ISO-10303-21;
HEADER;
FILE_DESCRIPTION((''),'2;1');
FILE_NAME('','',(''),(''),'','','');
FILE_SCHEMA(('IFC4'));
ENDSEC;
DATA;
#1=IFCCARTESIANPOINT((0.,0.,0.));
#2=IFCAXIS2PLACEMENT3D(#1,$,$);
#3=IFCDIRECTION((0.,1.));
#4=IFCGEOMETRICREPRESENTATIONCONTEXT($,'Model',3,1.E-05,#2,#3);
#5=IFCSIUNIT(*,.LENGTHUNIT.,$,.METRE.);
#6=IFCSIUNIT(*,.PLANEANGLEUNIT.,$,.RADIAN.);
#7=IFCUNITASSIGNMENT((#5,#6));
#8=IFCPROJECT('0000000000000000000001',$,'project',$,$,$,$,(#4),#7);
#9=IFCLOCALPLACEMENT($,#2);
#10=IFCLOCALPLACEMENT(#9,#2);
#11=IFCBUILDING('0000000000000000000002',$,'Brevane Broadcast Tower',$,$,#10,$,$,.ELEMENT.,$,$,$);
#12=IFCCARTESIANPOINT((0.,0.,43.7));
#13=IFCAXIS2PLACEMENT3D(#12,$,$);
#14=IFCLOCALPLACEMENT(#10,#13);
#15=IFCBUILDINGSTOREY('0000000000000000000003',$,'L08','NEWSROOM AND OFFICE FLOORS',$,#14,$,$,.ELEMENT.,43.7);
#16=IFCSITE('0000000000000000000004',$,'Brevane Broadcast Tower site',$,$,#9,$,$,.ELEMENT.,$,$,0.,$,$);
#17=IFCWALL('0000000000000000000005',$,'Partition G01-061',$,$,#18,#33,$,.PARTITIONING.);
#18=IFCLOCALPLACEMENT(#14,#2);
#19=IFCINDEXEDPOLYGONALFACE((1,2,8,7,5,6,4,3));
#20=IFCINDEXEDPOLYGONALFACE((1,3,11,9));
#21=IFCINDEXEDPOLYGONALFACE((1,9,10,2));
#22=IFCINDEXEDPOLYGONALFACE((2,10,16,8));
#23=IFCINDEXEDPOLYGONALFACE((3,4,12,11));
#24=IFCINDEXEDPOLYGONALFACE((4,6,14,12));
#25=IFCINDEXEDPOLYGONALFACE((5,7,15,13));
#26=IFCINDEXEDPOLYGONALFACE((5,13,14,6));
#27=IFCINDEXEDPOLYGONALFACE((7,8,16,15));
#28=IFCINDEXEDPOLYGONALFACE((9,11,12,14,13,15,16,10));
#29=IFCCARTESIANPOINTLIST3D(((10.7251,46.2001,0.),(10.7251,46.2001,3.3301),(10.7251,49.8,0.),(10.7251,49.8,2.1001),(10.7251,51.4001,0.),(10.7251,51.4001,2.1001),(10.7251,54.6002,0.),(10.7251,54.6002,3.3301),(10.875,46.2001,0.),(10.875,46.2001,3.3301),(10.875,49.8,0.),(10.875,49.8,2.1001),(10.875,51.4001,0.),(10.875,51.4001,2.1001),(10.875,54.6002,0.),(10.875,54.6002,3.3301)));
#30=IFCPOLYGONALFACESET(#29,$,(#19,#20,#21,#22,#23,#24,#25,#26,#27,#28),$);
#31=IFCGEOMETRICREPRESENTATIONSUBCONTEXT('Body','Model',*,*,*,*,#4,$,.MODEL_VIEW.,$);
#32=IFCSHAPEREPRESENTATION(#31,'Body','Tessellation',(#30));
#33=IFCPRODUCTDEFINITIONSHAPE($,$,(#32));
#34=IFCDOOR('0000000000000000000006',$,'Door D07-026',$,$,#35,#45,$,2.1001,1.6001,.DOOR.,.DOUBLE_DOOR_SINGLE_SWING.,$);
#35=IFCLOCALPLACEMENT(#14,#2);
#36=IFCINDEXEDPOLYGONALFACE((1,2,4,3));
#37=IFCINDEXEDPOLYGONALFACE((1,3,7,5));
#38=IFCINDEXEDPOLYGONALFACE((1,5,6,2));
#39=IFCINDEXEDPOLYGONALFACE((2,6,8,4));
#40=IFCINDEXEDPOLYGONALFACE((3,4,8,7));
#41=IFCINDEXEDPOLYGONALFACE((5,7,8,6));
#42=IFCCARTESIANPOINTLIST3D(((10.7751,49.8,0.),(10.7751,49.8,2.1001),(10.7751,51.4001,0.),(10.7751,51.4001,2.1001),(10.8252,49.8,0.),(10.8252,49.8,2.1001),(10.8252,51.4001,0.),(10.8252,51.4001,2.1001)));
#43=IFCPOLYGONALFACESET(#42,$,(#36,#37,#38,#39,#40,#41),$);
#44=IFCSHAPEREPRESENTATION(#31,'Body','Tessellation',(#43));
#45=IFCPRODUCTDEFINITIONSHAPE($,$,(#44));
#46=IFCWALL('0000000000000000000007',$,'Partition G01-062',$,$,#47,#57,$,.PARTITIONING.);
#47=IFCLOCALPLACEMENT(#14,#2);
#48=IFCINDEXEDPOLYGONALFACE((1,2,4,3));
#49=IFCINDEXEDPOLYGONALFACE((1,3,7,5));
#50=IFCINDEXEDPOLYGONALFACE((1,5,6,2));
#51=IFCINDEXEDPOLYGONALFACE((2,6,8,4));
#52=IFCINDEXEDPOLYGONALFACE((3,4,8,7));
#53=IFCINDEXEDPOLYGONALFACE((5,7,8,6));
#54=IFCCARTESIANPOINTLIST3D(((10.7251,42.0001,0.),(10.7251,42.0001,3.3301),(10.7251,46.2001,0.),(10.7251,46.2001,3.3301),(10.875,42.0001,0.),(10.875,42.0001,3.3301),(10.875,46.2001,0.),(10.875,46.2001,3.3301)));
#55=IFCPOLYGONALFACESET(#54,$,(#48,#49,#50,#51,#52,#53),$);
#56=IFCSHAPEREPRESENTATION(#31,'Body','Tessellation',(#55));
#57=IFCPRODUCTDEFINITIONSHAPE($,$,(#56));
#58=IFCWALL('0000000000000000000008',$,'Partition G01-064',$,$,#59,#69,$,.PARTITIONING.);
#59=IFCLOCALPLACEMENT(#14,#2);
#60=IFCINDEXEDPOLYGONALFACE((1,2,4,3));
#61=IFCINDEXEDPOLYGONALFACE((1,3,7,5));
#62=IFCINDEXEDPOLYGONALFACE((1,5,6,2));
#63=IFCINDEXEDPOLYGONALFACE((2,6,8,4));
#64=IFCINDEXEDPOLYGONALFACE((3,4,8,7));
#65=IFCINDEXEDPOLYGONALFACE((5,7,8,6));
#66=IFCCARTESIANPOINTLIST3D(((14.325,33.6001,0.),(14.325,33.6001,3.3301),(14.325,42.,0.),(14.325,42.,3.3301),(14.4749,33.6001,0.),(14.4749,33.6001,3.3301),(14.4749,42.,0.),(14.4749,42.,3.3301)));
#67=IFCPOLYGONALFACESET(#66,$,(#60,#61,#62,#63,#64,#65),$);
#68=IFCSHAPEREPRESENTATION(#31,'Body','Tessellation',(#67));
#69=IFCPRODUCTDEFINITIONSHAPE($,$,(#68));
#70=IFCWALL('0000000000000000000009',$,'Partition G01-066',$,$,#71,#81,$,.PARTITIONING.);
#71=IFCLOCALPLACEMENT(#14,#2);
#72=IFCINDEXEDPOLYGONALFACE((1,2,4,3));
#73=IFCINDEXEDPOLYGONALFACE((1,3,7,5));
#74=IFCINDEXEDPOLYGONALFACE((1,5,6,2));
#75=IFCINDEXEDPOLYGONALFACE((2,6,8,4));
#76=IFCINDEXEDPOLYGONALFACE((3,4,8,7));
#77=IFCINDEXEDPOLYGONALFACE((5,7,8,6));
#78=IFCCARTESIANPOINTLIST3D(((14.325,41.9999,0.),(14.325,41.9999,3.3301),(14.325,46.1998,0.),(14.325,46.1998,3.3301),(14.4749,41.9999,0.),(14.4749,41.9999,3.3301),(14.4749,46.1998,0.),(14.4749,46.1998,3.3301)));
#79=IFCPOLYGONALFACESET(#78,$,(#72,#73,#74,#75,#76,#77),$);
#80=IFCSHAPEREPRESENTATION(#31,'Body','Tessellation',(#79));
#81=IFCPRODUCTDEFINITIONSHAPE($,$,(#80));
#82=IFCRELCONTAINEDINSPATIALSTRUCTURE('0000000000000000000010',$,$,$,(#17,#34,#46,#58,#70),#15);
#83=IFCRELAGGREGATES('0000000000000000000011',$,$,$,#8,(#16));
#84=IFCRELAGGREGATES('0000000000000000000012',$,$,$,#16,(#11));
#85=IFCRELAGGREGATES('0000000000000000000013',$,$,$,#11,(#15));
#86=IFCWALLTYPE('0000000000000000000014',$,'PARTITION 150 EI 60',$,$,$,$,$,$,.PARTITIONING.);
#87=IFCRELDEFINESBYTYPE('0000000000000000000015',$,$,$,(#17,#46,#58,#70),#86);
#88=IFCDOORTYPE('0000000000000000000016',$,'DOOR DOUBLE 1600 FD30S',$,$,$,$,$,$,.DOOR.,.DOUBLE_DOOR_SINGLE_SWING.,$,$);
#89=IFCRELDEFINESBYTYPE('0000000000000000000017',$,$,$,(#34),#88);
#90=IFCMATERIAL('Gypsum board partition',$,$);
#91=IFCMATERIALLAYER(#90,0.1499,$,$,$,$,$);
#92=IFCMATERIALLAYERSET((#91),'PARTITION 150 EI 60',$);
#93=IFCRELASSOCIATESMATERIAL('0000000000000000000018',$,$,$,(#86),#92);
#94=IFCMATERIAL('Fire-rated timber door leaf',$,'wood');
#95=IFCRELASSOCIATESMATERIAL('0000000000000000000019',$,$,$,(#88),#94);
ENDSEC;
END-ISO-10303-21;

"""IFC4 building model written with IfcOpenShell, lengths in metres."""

from ifc_helpers import new_model, si_unit, direction, frame, frame_2d, origin, place, context, subcontext, project, spatial, rectangle, extrude, material, layer, layer_set, type_object, element, fill, save


model = new_model("IFC4")

# Units and contexts
model_context = context("Model", 3, precision=1e-05, world=origin(), true_north=direction((0.0, 1.0)))
body_context = subcontext(model_context, "Body", "Model", "MODEL_VIEW")
ifc_project = project(units=[si_unit("LENGTHUNIT", "METRE"), si_unit("PLANEANGLEUNIT", "RADIAN")], contexts=[model_context])

# Site, building, storey
site_placement = place(None, origin())
site = spatial("IfcSite", under=ifc_project, at=site_placement, Name="Brevane Broadcast Tower site", CompositionType="ELEMENT", RefElevation=0.0)
building_placement = place(site_placement, origin())
building = spatial("IfcBuilding", under=site, at=building_placement, Name="Brevane Broadcast Tower", CompositionType="ELEMENT")
storey_placement = place(building_placement, frame((0.0, 0.0, 43.7)))
storey = spatial("IfcBuildingStorey", under=building, at=storey_placement, Name="L08", Description="NEWSROOM AND OFFICE FLOORS", CompositionType="ELEMENT", Elevation=43.7)

# Shared definitions
ifc_material_1 = material(Name="Gypsum board partition")
ifc_layer_1 = layer(ifc_material_1, 0.1499)
ifc_layer_set_1 = layer_set([ifc_layer_1], Name="PARTITION 150 EI 60")
wall_type_1 = type_object("IfcWallType", Name="PARTITION 150 EI 60", PredefinedType="PARTITIONING", material=ifc_layer_set_1)

# Wall, opening, door
ifc_material_2 = material(Name="Fire-rated timber door leaf", Category="wood")
wall_1_placement = place(storey_placement, frame((10.8, 46.2, 0.0), z_axis=(0.0, 0.0, 1.0), x_axis=(0.0, 1.0, 0.0)))
wall_1 = element("IfcWall", 1, at=wall_1_placement, inside=storey, type_object=wall_type_1, Name="Partition G01-061", PredefinedType="PARTITIONING", context=body_context, shape_type="SweptSolid", body=[
    extrude(rectangle(XDim=8.4001, YDim=0.1499, at=frame_2d((4.2002, 0.0))), origin(), (0.0, 0.0, 1.0), 3.3301),
])
opening_1_placement = place(wall_1_placement, frame((3.6001, 0.0, 0.0)))
opening_1 = element("IfcOpeningElement", 2, at=opening_1_placement, cuts=wall_1, PredefinedType="OPENING", context=body_context, shape_type="SweptSolid", body=[
    extrude(rectangle(XDim=1.6001, YDim=2.1001, at=frame_2d((0.8, 1.05))), frame((0.0, 0.085, 0.0), z_axis=(0.0, -1.0, 0.0), x_axis=(1.0, 0.0, 0.0)), (0.0, 0.0, 1.0), 0.1699),
])
door_type_1 = type_object("IfcDoorType", Name="DOOR DOUBLE 1600 FD30S", OperationType="DOUBLE_DOOR_SINGLE_SWING", PredefinedType="DOOR", material=ifc_material_2)
door_1_placement = place(opening_1_placement, origin())
door_1 = element("IfcDoor", 3, at=door_1_placement, inside=storey, type_object=door_type_1, Name="Door D07-026", OperationType="DOUBLE_DOOR_SINGLE_SWING", OverallHeight=2.1001, OverallWidth=1.6001, PredefinedType="DOOR", context=body_context, shape_type="SweptSolid", body=[
    extrude(rectangle(XDim=1.6001, YDim=2.1001, at=frame_2d((0.8, 1.05))), frame((0.0, 0.0249, 0.0), z_axis=(0.0, -1.0, 0.0), x_axis=(1.0, 0.0, 0.0)), (0.0, 0.0, 1.0), 0.05),
])
fill(opening_1, door_1)

# Walls
wall_2_placement = place(storey_placement, frame((10.8, 42.0, 0.0), z_axis=(0.0, 0.0, 1.0), x_axis=(0.0, 1.0, 0.0)))
element("IfcWall", 4, at=wall_2_placement, inside=storey, type_object=wall_type_1, Name="Partition G01-062", PredefinedType="PARTITIONING", context=body_context, shape_type="SweptSolid", body=[
    extrude(rectangle(XDim=4.2, YDim=0.1499, at=frame_2d((2.1001, 0.0))), origin(), (0.0, 0.0, 1.0), 3.3301),
])
wall_3_placement = place(storey_placement, frame((14.3999, 42.0, 0.0), z_axis=(0.0, 0.0, 1.0), x_axis=(0.0, -1.0, 0.0)))
element("IfcWall", 5, at=wall_3_placement, inside=storey, type_object=wall_type_1, Name="Partition G01-064", PredefinedType="PARTITIONING", context=body_context, shape_type="SweptSolid", body=[
    extrude(rectangle(XDim=8.3999, YDim=0.1499, at=frame_2d((4.2, 0.0))), origin(), (0.0, 0.0, 1.0), 3.3301),
])
wall_4_placement = place(storey_placement, frame((14.3999, 46.2, 0.0), z_axis=(0.0, 0.0, 1.0), x_axis=(0.0, -1.0, 0.0)))
element("IfcWall", 6, at=wall_4_placement, inside=storey, type_object=wall_type_1, Name="Partition G01-066", PredefinedType="PARTITIONING", context=body_context, shape_type="SweptSolid", body=[
    extrude(rectangle(XDim=4.2, YDim=0.1499, at=frame_2d((2.1001, 0.0))), origin(), (0.0, 0.0, 1.0), 3.3301),
])

save(model, "model.ifc")
